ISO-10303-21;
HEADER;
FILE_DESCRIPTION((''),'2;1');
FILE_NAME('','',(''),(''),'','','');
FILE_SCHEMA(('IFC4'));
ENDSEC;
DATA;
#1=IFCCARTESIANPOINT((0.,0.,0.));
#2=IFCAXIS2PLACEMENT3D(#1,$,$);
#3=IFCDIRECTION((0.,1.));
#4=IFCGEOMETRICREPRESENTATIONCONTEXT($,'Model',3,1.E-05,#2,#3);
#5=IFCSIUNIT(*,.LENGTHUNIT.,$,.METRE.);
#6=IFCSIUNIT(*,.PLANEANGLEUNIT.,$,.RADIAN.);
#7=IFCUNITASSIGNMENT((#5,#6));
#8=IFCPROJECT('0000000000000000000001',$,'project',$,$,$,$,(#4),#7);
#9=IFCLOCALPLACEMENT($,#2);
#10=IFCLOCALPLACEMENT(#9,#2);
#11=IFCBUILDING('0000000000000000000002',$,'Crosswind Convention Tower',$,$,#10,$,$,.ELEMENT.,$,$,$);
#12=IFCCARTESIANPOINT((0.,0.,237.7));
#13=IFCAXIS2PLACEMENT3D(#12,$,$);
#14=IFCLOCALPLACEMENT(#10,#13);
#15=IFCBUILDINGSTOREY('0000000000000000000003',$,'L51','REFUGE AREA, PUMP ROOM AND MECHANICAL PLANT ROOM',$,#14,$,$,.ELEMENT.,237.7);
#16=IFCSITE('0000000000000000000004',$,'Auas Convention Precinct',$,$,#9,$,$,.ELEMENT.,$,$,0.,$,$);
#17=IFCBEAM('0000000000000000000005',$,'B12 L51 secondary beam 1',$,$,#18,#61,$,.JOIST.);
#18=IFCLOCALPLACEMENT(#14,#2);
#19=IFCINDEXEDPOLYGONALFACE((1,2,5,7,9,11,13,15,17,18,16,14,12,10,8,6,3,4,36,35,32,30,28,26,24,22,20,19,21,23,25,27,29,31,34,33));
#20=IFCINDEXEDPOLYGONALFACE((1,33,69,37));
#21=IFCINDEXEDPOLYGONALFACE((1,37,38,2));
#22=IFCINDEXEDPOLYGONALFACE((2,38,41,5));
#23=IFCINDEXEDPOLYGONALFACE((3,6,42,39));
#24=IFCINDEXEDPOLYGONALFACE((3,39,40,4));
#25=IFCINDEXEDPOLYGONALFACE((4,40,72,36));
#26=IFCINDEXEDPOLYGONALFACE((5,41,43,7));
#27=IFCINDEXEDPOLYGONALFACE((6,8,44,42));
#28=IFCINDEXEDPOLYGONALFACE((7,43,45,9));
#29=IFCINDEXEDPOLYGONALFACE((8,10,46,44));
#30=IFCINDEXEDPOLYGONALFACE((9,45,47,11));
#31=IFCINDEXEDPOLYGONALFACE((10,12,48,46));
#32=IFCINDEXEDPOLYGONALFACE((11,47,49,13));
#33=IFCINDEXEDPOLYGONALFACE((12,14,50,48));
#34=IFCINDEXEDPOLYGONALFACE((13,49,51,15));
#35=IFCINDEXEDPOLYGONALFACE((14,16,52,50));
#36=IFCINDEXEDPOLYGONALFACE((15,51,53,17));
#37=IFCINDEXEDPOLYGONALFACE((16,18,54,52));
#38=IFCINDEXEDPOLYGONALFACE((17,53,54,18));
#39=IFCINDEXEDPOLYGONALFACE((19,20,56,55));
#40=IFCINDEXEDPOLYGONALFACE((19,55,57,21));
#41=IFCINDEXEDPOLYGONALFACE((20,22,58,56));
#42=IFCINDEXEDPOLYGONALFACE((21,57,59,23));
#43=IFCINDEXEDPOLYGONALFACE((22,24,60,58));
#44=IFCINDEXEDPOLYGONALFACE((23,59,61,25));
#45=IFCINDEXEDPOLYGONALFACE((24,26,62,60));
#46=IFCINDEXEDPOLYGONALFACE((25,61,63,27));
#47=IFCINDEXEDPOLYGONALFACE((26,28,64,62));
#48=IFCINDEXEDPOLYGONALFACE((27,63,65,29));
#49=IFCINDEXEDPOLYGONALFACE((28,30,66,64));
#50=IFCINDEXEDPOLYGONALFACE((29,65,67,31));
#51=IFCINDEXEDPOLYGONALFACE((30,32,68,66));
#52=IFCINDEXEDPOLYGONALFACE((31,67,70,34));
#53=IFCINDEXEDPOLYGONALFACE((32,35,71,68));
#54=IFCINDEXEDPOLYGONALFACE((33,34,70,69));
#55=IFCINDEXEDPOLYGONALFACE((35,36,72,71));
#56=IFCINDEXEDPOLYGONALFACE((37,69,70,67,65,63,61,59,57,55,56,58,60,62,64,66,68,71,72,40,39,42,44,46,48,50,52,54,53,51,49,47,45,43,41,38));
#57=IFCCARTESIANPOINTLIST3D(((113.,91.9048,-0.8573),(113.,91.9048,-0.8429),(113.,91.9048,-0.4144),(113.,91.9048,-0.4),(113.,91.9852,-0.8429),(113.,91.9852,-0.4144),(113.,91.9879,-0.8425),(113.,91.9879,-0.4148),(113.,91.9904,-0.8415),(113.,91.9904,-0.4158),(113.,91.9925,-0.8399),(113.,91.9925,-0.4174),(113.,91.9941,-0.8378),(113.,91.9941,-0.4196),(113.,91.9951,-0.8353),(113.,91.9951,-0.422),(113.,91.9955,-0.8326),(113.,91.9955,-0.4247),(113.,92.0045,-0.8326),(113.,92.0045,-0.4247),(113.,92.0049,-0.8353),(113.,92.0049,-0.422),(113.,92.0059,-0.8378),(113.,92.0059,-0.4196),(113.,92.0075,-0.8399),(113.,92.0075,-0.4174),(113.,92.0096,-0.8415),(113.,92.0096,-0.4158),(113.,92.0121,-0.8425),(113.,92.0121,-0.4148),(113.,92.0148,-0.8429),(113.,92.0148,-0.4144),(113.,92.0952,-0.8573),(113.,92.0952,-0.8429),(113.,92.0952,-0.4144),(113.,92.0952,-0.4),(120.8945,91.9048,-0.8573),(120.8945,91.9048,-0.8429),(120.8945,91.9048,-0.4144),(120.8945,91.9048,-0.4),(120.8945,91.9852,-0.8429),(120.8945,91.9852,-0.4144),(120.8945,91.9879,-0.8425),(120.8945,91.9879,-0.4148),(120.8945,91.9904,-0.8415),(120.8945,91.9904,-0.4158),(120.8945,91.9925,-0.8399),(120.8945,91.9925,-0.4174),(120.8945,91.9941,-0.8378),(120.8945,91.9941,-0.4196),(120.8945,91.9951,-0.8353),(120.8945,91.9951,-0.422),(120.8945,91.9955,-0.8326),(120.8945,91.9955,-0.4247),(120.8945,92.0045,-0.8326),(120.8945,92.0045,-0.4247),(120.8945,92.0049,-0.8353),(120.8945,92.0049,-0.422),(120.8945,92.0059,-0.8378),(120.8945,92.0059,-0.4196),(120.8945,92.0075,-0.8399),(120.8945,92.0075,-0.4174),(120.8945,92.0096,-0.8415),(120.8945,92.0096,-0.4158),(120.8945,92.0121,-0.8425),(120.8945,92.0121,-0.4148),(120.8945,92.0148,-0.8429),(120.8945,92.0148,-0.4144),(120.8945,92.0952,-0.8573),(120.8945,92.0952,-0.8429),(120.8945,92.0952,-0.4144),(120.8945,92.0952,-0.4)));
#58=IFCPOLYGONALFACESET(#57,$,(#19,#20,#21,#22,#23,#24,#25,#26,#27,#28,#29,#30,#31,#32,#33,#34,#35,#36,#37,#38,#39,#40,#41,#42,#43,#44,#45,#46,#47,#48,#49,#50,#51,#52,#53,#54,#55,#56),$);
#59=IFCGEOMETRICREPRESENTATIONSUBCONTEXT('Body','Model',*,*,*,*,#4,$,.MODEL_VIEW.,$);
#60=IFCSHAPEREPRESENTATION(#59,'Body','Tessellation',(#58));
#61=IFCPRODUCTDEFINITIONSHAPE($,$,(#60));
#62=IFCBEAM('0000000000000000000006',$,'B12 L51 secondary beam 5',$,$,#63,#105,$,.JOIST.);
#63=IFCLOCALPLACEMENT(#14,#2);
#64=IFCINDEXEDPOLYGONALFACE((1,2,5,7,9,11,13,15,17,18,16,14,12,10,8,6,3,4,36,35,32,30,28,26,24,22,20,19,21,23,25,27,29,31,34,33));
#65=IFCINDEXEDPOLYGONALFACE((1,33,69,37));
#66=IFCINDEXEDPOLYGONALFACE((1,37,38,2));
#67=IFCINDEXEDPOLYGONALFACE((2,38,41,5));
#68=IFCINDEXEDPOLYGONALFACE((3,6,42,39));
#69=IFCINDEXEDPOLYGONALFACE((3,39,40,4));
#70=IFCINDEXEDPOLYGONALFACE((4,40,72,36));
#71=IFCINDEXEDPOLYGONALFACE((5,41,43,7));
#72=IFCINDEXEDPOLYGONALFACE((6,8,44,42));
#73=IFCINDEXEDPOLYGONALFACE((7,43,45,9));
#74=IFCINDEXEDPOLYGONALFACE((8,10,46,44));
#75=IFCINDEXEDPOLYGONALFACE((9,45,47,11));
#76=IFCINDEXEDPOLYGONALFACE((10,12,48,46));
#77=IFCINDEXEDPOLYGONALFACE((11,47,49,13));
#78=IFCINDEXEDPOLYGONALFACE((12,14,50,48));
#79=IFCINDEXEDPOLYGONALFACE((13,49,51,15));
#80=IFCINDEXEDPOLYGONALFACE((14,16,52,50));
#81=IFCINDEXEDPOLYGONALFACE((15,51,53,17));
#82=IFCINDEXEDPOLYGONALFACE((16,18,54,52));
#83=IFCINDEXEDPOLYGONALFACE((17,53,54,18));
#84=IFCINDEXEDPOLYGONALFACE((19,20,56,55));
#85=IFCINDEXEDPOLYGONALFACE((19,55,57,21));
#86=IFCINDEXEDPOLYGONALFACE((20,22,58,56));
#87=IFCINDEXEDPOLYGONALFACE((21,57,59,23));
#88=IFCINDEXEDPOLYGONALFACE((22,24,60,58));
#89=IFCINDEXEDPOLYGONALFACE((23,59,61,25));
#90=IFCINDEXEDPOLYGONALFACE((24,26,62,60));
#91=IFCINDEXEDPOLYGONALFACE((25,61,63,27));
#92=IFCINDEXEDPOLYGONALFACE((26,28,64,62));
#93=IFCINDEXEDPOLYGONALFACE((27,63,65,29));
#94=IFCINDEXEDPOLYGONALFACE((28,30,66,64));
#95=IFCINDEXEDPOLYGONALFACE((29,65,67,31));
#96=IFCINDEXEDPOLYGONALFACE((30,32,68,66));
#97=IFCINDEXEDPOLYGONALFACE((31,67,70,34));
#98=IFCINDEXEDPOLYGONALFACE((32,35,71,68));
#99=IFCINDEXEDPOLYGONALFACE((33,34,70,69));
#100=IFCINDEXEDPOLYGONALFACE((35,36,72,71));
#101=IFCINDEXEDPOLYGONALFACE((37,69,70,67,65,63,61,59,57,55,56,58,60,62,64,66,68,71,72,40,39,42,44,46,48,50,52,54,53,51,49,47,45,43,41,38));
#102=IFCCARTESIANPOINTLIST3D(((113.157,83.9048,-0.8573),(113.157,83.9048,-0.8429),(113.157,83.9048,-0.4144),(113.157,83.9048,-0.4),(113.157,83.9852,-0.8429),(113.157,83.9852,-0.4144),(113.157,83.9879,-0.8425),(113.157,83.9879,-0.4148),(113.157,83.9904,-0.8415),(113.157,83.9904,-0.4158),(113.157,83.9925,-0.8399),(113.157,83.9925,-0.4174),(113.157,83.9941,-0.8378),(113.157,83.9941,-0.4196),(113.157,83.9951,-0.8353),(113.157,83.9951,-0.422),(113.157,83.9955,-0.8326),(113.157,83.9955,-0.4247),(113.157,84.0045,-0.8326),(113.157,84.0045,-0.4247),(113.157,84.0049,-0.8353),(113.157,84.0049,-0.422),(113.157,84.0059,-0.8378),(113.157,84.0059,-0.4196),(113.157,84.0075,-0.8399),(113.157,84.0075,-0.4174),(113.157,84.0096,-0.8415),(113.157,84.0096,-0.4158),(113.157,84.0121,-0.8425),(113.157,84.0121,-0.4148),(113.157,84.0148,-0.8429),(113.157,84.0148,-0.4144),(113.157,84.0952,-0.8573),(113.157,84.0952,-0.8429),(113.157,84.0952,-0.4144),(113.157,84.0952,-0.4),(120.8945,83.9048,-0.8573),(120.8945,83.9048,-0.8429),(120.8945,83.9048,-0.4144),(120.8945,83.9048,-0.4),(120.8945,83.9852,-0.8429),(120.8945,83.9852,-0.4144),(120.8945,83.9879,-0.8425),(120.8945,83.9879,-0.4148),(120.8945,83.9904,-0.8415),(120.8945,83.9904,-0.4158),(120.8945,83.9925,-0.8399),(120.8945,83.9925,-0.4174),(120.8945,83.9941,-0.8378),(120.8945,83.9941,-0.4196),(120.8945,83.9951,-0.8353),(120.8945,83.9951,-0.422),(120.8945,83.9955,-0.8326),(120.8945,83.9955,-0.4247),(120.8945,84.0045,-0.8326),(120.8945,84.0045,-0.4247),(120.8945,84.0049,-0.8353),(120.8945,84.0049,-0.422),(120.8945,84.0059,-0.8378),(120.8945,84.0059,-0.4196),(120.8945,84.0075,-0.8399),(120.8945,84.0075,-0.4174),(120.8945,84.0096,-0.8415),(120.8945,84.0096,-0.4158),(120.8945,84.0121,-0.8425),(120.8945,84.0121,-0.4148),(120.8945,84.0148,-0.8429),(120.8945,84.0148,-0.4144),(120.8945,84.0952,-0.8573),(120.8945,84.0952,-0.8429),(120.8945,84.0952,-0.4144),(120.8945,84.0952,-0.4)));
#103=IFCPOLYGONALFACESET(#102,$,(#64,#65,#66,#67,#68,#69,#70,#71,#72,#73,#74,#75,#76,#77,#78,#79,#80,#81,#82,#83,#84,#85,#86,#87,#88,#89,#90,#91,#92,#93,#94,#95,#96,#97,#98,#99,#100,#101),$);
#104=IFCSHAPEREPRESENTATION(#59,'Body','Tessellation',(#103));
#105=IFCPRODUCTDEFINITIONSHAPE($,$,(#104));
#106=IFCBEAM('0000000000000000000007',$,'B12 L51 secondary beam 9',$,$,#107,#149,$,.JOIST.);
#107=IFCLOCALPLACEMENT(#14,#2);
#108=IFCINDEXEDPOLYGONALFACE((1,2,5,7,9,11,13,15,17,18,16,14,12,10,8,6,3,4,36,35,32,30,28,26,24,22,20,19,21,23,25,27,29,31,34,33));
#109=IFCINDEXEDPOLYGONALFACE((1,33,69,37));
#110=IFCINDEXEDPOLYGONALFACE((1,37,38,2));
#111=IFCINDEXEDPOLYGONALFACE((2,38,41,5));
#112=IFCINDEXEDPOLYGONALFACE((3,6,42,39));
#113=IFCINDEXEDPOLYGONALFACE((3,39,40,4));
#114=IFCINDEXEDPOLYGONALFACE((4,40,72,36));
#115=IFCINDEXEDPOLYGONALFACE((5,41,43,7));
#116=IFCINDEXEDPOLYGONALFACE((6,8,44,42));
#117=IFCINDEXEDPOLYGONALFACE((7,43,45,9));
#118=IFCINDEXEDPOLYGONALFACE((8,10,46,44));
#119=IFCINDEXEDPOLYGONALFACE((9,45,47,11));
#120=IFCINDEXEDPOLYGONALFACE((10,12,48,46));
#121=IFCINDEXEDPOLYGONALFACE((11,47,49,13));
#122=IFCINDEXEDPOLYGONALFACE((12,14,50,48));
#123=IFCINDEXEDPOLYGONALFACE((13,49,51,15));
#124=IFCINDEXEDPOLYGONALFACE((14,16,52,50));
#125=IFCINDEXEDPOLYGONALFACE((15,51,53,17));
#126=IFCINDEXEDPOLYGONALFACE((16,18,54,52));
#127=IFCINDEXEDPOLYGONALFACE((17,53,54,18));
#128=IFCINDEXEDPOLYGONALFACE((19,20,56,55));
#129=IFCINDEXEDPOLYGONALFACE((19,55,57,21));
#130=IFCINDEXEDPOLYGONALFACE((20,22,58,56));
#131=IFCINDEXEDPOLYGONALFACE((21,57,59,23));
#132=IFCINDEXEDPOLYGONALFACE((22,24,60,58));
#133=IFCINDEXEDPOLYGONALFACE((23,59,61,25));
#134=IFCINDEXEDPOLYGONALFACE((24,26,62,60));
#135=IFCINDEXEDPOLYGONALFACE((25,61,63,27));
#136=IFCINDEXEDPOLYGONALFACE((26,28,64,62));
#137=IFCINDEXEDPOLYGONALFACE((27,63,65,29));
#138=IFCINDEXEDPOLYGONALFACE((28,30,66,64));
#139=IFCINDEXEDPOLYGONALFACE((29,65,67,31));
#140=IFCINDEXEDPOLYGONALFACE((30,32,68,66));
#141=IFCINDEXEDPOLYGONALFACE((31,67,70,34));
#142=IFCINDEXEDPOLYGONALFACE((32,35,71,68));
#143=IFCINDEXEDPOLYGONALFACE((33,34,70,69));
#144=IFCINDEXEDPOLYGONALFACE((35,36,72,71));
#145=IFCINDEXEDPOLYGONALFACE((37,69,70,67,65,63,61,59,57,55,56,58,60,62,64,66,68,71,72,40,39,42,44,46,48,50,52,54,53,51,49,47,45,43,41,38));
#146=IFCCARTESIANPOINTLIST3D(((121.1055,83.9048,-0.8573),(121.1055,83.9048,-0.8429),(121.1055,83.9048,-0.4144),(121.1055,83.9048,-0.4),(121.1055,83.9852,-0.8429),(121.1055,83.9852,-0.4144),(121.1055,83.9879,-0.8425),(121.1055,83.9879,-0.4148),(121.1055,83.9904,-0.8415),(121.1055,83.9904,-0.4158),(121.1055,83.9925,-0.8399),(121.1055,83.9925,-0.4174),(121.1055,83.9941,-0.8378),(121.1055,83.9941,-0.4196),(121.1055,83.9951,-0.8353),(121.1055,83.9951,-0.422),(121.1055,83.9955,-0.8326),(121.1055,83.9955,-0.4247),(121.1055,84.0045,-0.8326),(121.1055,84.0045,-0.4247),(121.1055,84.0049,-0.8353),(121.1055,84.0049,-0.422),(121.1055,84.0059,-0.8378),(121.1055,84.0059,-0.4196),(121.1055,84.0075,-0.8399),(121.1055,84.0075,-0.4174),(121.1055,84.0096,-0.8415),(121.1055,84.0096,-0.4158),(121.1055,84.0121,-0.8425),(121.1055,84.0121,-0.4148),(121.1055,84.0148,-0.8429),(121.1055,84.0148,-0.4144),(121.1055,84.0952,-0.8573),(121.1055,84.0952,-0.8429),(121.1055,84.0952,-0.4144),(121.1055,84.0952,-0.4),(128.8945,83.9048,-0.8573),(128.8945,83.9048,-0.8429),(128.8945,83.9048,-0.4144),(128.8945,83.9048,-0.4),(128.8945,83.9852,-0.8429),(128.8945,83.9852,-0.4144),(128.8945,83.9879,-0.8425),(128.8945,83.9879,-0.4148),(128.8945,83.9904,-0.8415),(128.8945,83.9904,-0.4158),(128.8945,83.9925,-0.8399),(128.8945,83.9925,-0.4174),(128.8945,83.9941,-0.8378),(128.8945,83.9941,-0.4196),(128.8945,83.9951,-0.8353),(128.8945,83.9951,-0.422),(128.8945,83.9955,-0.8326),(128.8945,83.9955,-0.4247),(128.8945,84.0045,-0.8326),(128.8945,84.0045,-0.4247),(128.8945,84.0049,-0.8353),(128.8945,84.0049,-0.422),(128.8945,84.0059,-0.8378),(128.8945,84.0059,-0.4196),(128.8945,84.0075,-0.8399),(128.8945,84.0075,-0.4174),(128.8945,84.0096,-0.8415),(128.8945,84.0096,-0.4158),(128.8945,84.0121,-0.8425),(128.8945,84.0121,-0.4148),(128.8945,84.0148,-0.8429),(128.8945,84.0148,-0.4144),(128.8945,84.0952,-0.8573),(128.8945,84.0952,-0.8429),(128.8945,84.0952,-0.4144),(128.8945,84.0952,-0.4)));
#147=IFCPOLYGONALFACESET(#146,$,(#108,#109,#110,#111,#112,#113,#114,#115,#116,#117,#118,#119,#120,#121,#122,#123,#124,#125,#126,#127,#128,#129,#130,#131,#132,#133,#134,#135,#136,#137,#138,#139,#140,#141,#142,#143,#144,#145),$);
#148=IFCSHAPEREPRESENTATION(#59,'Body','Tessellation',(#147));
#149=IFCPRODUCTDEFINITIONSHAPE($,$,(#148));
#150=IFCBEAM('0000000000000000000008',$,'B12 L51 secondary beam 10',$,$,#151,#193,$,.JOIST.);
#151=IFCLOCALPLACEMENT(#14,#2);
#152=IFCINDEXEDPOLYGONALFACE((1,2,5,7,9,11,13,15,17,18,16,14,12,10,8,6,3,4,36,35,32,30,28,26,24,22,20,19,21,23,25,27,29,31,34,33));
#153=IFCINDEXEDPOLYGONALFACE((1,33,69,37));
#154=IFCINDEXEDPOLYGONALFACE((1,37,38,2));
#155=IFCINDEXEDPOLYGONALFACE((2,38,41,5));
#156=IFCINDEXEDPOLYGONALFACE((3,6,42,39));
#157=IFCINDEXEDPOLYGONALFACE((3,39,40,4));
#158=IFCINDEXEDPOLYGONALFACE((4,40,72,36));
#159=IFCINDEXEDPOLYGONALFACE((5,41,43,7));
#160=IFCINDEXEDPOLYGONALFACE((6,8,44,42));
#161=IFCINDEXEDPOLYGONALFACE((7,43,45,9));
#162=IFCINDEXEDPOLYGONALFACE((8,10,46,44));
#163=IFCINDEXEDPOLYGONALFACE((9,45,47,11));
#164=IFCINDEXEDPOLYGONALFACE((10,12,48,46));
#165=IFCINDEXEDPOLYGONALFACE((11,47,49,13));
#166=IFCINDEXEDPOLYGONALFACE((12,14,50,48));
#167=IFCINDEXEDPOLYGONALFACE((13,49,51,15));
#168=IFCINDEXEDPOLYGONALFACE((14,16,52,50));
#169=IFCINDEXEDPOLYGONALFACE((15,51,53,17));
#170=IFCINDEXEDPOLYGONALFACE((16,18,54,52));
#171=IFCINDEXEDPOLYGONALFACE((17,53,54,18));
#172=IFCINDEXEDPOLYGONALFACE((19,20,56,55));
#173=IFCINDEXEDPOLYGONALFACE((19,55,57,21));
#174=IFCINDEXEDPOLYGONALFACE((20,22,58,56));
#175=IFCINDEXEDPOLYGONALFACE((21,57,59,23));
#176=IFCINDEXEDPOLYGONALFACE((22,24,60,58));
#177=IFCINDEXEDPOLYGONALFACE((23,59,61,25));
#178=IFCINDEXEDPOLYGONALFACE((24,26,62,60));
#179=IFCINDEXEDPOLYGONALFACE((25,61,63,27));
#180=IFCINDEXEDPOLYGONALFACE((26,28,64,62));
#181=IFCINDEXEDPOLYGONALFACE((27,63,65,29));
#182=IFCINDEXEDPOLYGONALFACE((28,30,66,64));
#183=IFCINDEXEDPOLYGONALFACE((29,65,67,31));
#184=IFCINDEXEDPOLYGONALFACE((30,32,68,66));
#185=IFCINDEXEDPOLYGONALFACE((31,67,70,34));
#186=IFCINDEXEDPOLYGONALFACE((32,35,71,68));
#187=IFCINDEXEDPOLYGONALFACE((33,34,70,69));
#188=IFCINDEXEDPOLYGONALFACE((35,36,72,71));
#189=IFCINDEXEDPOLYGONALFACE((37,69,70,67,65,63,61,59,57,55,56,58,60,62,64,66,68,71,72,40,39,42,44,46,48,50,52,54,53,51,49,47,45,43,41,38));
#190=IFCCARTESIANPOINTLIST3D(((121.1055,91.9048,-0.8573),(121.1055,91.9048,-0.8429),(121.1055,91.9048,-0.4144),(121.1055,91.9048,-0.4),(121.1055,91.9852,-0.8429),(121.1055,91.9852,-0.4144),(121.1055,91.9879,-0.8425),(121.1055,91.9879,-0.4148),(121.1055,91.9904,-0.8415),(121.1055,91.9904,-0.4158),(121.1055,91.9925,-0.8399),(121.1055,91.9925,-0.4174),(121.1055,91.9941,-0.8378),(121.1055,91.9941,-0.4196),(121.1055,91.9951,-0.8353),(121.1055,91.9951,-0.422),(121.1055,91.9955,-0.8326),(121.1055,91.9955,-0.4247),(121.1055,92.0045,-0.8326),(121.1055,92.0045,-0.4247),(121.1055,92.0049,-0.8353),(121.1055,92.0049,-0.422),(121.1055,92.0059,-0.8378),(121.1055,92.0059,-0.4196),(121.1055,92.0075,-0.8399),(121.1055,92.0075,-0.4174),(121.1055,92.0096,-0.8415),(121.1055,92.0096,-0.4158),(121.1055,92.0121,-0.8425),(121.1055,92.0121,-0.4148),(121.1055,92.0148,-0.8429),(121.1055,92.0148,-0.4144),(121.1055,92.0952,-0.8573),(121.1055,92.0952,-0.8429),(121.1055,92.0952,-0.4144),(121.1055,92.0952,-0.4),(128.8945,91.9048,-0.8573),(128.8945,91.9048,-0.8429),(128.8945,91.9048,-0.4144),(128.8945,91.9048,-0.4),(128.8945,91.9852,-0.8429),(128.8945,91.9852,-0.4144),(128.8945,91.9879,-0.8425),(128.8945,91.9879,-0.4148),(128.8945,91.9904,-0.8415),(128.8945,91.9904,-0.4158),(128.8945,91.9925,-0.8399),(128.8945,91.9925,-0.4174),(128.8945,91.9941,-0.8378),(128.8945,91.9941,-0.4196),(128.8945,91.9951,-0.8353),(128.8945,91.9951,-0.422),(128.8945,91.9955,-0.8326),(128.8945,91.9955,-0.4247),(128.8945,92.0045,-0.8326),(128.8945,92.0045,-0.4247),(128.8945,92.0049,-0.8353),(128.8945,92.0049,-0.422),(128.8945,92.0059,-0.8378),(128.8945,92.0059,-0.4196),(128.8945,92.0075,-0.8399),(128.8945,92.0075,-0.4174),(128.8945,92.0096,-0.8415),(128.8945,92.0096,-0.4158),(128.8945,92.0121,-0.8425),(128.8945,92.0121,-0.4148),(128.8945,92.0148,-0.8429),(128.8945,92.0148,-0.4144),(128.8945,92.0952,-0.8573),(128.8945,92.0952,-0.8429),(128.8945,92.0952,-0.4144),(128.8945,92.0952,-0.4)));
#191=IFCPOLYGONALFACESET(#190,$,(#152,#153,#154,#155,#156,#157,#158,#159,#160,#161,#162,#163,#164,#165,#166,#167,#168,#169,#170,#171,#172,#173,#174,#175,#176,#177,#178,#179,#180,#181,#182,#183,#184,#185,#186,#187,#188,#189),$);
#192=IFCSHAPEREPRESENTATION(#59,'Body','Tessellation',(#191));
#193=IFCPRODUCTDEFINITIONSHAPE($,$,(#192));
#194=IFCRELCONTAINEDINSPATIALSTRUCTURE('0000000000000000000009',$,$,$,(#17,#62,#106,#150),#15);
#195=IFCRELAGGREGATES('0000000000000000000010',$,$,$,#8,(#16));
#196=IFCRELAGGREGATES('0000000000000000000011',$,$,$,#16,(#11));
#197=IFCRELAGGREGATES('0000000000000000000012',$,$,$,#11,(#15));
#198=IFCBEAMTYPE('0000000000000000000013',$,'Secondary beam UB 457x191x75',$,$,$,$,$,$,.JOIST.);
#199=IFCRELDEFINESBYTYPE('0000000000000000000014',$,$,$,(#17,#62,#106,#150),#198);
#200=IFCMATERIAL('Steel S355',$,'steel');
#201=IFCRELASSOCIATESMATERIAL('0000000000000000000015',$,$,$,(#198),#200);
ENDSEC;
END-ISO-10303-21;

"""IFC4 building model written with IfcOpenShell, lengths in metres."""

from ifc_helpers import new_model, si_unit, direction, frame, origin, origin_2d, place, context, subcontext, project, spatial, i_section, extrude, material, material_profile, profile_set, type_object, element, save


model = new_model("IFC4")

# Units and contexts
model_context = context("Model", 3, precision=1e-05, world=origin(), true_north=direction((0.0, 1.0)))
body_context = subcontext(model_context, "Body", "Model", "MODEL_VIEW")
ifc_project = project(units=[si_unit("LENGTHUNIT", "METRE"), si_unit("PLANEANGLEUNIT", "RADIAN")], contexts=[model_context])

# Site, building, storey
site_placement = place(None, origin())
site = spatial("IfcSite", under=ifc_project, at=site_placement, Name="Auas Convention Precinct", CompositionType="ELEMENT", RefElevation=0.0)
building_placement = place(site_placement, origin())
building = spatial("IfcBuilding", under=site, at=building_placement, Name="Crosswind Convention Tower", CompositionType="ELEMENT")
storey_placement = place(building_placement, frame((0.0, 0.0, 237.7)))
storey = spatial("IfcBuildingStorey", under=building, at=storey_placement, Name="L51", Description="REFUGE AREA, PUMP ROOM AND MECHANICAL PLANT ROOM", CompositionType="ELEMENT", Elevation=237.7)

# Beams
ifc_material_1 = material(Name="Steel S355", Category="steel")
ifc_material_profile_1 = material_profile(ifc_material_1, i_section(OverallWidth=0.1904, OverallDepth=0.4573, WebThickness=0.009, FlangeThickness=0.0144, FilletRadius=0.0103, at=origin_2d()), Name="UB 457x191x75")
ifc_profile_set_1 = profile_set([ifc_material_profile_1], Name="Steel S355")
beam_type_1 = type_object("IfcBeamType", Name="Secondary beam UB 457x191x75", PredefinedType="JOIST", material=ifc_profile_set_1)
beam_1_placement = place(storey_placement, frame((113.0, 92.0, -0.6287), z_axis=(1.0, 0.0, 0.0), x_axis=(0.0, 1.0, 0.0)))
element("IfcBeam", 1, at=beam_1_placement, inside=storey, type_object=beam_type_1, Name="B12 L51 secondary beam 1", PredefinedType="JOIST", context=body_context, shape_type="SweptSolid", body=[
    extrude(i_section(OverallWidth=0.1904, OverallDepth=0.4573, WebThickness=0.009, FlangeThickness=0.0144, FilletRadius=0.0103, at=origin_2d()), origin(), (0.0, 0.0, 1.0), 7.8945),
])
beam_2_placement = place(storey_placement, frame((113.157, 84.0, -0.6287), z_axis=(1.0, 0.0, 0.0), x_axis=(0.0, 1.0, 0.0)))
element("IfcBeam", 2, at=beam_2_placement, inside=storey, type_object=beam_type_1, Name="B12 L51 secondary beam 5", PredefinedType="JOIST", context=body_context, shape_type="SweptSolid", body=[
    extrude(i_section(OverallWidth=0.1904, OverallDepth=0.4573, WebThickness=0.009, FlangeThickness=0.0144, FilletRadius=0.0103, at=origin_2d()), origin(), (0.0, 0.0, 1.0), 7.7375),
])
for number, where, z_axis, x_axis, name in (
    (3, (121.1055, 84.0, -0.6287), (1.0, 0.0, 0.0), (0.0, 1.0, 0.0), "B12 L51 secondary beam 9"),
    (4, (121.1055, 92.0, -0.6287), (1.0, 0.0, 0.0), (0.0, 1.0, 0.0), "B12 L51 secondary beam 10"),
):
    element("IfcBeam", number, at=place(storey_placement, frame(where, z_axis=z_axis, x_axis=x_axis)), inside=storey, type_object=beam_type_1, Name=name, PredefinedType="JOIST", context=body_context, shape_type="SweptSolid", body=[
        extrude(i_section(OverallWidth=0.1904, OverallDepth=0.4573, WebThickness=0.009, FlangeThickness=0.0144, FilletRadius=0.0103, at=origin_2d()), origin(), (0.0, 0.0, 1.0), 7.7891),
    ])

save(model, "model.ifc")
